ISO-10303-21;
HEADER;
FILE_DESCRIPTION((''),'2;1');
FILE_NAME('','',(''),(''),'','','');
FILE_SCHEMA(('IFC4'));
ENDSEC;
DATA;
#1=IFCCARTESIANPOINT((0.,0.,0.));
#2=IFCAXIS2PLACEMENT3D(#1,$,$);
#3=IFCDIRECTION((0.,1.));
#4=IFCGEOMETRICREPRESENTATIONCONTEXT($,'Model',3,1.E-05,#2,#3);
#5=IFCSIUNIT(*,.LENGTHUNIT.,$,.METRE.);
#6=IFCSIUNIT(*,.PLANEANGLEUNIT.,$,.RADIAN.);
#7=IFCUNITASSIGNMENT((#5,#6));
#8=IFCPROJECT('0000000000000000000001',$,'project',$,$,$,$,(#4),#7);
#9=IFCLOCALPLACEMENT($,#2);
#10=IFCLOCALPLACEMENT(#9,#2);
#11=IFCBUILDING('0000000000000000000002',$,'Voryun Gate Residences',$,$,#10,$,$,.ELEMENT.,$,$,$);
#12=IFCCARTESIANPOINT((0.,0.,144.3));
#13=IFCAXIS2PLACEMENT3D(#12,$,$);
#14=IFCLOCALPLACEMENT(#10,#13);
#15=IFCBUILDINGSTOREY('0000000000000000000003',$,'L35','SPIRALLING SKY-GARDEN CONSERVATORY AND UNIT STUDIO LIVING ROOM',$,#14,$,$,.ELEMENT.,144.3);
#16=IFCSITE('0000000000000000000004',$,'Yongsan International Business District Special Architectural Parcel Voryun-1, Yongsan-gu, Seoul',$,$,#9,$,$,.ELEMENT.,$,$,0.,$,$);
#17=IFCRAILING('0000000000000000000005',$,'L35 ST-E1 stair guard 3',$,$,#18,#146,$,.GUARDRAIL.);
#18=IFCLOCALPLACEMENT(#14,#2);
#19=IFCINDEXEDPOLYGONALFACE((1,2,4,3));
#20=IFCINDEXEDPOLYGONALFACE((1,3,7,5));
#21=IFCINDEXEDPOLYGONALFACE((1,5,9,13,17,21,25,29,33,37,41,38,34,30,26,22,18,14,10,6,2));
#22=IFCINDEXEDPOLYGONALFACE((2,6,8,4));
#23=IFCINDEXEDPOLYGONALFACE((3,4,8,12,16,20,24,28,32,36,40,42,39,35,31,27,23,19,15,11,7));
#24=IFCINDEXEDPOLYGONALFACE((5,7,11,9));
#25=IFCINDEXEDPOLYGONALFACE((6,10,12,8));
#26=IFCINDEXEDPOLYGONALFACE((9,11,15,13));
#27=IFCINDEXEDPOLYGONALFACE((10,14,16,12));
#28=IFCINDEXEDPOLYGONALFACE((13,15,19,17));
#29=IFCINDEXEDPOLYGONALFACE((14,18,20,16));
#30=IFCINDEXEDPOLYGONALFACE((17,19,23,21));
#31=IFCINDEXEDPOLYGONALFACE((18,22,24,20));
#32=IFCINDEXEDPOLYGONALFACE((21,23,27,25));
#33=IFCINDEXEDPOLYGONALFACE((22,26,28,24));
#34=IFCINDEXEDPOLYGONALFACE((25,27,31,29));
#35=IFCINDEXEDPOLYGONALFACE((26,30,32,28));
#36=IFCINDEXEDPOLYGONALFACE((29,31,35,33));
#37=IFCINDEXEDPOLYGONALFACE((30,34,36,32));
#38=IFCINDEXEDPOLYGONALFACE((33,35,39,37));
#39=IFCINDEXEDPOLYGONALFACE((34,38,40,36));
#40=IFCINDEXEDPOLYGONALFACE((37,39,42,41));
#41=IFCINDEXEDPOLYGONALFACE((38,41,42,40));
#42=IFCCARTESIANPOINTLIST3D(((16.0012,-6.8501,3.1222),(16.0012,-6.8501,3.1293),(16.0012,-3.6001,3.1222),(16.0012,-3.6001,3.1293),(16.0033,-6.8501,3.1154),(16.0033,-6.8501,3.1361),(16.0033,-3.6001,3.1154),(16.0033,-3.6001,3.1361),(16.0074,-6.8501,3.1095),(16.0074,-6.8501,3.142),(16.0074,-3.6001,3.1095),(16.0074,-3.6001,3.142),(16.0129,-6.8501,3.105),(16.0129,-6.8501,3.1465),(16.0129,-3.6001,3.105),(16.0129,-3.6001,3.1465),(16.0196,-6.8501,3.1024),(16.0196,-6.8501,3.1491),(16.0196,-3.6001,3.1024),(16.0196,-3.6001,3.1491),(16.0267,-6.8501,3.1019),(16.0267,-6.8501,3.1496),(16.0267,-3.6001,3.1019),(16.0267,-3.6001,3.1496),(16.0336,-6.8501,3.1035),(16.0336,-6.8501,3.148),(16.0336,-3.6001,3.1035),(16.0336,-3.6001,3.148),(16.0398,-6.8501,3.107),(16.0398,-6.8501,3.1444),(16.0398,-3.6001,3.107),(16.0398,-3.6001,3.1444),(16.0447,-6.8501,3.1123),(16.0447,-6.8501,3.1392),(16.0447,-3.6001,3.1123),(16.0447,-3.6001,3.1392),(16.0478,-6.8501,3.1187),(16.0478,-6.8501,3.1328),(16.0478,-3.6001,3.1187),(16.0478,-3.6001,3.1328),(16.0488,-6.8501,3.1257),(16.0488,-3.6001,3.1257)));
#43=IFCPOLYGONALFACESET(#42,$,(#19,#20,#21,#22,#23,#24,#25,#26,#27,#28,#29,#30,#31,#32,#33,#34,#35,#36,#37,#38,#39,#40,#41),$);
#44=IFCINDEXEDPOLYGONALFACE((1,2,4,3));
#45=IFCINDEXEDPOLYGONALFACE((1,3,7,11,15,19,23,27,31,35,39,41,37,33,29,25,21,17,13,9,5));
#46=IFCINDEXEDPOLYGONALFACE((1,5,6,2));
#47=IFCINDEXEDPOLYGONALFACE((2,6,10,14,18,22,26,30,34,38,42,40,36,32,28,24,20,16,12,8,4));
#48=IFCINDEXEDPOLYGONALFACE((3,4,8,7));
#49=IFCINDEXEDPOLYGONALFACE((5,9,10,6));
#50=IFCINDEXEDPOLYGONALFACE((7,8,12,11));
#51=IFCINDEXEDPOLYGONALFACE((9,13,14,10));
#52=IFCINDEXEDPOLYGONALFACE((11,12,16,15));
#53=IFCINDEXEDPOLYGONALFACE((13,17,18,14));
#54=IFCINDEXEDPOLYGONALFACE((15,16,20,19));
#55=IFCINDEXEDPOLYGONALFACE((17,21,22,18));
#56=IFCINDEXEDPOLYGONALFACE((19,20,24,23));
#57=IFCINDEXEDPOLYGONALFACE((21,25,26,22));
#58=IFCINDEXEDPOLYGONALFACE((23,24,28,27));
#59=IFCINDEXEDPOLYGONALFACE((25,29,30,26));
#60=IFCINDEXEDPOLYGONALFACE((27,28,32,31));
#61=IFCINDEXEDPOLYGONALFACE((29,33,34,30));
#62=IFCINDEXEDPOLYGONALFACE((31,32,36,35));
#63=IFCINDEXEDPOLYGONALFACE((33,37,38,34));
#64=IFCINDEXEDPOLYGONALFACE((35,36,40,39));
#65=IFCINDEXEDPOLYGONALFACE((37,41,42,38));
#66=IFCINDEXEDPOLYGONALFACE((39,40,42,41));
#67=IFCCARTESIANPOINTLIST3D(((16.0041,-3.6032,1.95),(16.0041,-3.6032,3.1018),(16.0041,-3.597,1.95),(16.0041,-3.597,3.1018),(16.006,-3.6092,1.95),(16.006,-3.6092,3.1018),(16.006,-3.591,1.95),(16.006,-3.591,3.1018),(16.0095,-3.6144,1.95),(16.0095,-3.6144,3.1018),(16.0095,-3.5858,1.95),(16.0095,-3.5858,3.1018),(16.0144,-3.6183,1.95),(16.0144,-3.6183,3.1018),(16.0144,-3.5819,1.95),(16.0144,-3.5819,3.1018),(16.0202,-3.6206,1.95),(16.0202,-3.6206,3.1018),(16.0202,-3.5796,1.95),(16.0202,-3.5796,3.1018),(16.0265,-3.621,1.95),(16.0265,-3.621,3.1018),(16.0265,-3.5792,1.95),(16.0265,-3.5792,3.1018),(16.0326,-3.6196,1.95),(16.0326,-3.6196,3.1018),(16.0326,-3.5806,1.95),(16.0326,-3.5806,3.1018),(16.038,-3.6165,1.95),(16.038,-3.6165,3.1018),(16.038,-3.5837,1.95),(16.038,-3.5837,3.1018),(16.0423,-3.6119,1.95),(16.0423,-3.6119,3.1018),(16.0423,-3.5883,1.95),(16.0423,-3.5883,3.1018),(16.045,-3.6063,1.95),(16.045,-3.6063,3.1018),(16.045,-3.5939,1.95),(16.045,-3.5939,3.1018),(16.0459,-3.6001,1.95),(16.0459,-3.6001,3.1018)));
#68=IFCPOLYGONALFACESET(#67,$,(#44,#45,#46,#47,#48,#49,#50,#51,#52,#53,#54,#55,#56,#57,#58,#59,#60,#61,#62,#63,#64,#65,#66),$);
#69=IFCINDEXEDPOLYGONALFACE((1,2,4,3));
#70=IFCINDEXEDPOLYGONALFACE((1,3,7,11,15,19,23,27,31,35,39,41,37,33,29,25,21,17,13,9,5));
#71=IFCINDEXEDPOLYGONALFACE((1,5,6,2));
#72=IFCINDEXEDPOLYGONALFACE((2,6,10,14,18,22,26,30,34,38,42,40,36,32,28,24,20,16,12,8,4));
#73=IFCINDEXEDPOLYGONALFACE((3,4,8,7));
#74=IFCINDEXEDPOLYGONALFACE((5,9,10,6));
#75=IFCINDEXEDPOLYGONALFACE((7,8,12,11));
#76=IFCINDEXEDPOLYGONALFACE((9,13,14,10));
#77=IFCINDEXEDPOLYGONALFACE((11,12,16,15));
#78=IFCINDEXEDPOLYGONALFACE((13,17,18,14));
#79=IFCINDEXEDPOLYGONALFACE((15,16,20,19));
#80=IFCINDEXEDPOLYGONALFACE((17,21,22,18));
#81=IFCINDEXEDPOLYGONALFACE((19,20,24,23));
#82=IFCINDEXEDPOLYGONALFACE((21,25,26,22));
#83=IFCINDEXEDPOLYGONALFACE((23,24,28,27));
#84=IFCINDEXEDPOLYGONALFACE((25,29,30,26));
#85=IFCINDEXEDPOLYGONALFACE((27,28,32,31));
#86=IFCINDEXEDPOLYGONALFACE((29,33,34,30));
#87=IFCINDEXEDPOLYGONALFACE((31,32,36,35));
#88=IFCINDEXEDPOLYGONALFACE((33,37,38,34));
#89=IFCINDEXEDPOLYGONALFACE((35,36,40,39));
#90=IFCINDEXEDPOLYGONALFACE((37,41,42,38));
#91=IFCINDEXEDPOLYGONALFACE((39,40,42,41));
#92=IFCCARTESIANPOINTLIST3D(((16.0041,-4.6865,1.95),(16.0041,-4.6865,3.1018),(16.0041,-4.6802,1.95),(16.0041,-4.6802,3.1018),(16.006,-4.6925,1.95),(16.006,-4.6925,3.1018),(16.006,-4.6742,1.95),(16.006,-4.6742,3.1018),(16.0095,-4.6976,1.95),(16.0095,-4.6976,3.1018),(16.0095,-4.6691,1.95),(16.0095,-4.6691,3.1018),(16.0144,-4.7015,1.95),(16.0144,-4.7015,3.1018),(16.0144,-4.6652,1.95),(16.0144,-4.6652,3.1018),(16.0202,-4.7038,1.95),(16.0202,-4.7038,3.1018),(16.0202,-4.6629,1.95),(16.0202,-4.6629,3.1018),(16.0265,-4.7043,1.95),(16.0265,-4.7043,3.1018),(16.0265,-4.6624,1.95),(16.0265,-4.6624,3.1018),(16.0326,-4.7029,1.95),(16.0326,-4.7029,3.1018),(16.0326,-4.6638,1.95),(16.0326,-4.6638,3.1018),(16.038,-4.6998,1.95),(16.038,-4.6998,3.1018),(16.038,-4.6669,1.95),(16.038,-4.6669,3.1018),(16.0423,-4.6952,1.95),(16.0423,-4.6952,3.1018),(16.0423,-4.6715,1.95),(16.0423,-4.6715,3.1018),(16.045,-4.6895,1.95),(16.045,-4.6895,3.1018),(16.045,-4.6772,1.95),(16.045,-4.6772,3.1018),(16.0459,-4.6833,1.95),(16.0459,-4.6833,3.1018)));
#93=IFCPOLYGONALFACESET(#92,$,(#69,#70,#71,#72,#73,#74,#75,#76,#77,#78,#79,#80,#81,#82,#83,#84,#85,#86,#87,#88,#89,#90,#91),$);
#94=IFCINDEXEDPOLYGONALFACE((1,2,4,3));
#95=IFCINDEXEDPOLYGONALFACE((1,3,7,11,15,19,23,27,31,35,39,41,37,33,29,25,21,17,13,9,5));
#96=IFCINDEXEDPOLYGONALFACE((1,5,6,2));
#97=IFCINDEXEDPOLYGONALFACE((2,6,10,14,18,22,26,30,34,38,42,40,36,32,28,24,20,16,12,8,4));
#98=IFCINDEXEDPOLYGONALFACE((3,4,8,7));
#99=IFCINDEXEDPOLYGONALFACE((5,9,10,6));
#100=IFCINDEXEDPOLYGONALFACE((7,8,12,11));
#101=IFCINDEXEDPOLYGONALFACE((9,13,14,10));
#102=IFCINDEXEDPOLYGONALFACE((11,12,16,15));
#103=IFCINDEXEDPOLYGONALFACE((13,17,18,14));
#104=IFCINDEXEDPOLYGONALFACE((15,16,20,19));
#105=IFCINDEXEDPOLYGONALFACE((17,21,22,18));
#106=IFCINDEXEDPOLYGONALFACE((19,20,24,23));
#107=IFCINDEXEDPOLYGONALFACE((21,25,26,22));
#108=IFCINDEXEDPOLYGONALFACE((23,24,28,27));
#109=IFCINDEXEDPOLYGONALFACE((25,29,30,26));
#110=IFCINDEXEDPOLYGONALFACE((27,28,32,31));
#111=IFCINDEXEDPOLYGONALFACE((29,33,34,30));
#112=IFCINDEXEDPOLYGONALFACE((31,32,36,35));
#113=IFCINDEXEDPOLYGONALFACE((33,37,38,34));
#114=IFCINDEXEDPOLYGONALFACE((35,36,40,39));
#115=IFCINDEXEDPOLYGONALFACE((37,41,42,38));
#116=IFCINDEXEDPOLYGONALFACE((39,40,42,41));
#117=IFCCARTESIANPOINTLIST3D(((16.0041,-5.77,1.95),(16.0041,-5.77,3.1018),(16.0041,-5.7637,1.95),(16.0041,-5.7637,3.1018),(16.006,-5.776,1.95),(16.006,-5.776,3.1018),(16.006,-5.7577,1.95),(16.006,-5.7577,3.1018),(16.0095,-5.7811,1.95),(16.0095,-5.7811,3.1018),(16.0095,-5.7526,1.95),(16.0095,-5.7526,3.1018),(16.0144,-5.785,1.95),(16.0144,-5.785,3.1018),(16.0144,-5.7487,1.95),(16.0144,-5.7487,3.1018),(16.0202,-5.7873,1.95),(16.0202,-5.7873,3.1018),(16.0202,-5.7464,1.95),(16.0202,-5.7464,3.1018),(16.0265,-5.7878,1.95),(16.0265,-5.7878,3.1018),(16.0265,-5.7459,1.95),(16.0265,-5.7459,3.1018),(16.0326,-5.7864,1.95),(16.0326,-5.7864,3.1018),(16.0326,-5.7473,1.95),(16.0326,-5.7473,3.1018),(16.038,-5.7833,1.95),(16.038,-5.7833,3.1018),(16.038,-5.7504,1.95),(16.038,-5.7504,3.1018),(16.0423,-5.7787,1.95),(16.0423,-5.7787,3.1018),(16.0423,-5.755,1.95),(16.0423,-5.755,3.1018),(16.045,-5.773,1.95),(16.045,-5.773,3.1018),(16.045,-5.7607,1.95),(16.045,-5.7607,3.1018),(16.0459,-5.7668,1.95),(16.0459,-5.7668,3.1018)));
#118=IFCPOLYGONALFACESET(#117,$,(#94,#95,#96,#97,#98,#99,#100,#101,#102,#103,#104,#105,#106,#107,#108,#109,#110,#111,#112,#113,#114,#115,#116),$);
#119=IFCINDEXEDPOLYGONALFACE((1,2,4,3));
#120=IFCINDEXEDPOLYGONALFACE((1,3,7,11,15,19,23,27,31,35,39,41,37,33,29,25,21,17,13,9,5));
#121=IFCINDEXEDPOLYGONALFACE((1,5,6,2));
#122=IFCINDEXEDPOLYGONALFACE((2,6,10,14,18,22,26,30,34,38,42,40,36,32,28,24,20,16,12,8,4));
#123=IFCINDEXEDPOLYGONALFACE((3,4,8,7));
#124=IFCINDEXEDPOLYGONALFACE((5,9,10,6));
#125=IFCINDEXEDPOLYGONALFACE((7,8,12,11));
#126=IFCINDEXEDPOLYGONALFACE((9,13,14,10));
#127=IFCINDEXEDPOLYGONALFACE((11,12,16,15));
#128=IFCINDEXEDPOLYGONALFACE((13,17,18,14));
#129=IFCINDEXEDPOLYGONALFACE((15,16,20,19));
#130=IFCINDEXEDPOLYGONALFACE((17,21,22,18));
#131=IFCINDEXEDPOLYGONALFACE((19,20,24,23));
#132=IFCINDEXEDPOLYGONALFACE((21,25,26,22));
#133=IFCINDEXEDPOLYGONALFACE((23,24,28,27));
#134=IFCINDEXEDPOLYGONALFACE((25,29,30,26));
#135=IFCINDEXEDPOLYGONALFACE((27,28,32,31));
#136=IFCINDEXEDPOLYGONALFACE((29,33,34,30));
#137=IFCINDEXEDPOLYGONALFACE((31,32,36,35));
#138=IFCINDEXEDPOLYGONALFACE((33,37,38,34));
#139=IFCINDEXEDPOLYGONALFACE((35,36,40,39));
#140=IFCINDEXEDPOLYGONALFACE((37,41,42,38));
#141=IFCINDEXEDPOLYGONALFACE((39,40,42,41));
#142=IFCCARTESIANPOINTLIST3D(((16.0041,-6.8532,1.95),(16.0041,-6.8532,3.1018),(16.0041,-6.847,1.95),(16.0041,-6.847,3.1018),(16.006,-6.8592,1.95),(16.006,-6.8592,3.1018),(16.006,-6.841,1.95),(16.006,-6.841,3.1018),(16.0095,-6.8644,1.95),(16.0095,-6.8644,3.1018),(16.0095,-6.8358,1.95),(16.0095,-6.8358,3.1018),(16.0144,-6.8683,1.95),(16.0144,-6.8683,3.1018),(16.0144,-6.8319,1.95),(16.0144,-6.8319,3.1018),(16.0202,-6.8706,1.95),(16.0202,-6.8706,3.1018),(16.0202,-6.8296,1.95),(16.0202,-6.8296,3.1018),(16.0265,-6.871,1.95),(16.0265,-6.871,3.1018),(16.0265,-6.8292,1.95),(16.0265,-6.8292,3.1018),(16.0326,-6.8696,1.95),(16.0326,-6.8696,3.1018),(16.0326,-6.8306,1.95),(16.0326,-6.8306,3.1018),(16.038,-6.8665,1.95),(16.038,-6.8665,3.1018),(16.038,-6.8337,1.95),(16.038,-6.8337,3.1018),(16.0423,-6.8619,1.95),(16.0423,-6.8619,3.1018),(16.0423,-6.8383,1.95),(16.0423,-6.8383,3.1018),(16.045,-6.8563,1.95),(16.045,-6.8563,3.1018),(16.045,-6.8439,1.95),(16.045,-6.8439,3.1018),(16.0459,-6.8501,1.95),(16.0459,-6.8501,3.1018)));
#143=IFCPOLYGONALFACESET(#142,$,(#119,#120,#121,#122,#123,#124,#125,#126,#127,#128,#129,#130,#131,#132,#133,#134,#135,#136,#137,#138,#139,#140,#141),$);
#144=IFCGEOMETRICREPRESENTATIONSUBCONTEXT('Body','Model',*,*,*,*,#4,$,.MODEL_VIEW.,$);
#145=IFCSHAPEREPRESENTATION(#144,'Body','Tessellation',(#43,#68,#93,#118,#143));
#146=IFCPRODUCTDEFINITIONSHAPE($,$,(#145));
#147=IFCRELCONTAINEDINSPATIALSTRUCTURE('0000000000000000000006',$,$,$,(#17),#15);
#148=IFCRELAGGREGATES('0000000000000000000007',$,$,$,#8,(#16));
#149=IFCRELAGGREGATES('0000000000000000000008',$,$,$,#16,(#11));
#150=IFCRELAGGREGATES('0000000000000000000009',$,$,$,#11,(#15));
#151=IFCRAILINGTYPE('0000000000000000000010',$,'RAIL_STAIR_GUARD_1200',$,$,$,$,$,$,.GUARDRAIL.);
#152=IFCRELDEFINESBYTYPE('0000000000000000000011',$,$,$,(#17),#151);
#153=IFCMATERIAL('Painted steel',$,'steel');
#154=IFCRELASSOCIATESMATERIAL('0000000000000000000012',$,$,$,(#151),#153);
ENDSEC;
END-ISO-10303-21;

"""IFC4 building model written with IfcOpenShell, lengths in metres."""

from ifc_helpers import new_model, si_unit, direction, frame, origin, origin_2d, place, context, subcontext, project, spatial, circle, extrude, material, type_object, element, save


model = new_model("IFC4")

# Units and contexts
model_context = context("Model", 3, precision=1e-05, world=origin(), true_north=direction((0.0, 1.0)))
body_context = subcontext(model_context, "Body", "Model", "MODEL_VIEW")
ifc_project = project(units=[si_unit("LENGTHUNIT", "METRE"), si_unit("PLANEANGLEUNIT", "RADIAN")], contexts=[model_context])

# Site, building, storey
site_placement = place(None, origin())
site = spatial("IfcSite", under=ifc_project, at=site_placement, Name="Yongsan International Business District Special Architectural Parcel Voryun-1, Yongsan-gu, Seoul", CompositionType="ELEMENT", RefElevation=0.0)
building_placement = place(site_placement, origin())
building = spatial("IfcBuilding", under=site, at=building_placement, Name="Voryun Gate Residences", CompositionType="ELEMENT")
storey_placement = place(building_placement, frame((0.0, 0.0, 144.3)))
storey = spatial("IfcBuildingStorey", under=building, at=storey_placement, Name="L35", Description="SPIRALLING SKY-GARDEN CONSERVATORY AND UNIT STUDIO LIVING ROOM", CompositionType="ELEMENT", Elevation=144.3)

# Railing
ifc_material_1 = material(Name="Painted steel", Category="steel")
railing_type_1 = type_object("IfcRailingType", Name="RAIL_STAIR_GUARD_1200", PredefinedType="GUARDRAIL", material=ifc_material_1)
for number, where, name in (
    (1, (16.0249, -3.6001, 1.95), "L35 ST-E1 stair guard 3"),
):
    element("IfcRailing", number, at=place(storey_placement, frame(where)), inside=storey, type_object=railing_type_1, Name=name, PredefinedType="GUARDRAIL", context=body_context, shape_type="SweptSolid", body=[
        extrude(circle(Radius=0.0239, at=origin_2d()), frame((0.0, 0.0, 1.1758), z_axis=(0.0, -1.0, 0.0), x_axis=(1.0, 0.0, 0.0)), (0.0, 0.0, 1.0), 3.25),
        extrude(circle(Radius=0.021, at=origin_2d()), origin(), (0.0, 0.0, 1.0), 1.1519),
        extrude(circle(Radius=0.021, at=origin_2d()), frame((0.0, -1.0833, 0.0)), (0.0, 0.0, 1.0), 1.1519),
        extrude(circle(Radius=0.021, at=origin_2d()), frame((0.0, -2.1667, 0.0)), (0.0, 0.0, 1.0), 1.1519),
        extrude(circle(Radius=0.021, at=origin_2d()), frame((0.0, -3.25, 0.0)), (0.0, 0.0, 1.0), 1.1519),
    ])

save(model, "model.ifc")
